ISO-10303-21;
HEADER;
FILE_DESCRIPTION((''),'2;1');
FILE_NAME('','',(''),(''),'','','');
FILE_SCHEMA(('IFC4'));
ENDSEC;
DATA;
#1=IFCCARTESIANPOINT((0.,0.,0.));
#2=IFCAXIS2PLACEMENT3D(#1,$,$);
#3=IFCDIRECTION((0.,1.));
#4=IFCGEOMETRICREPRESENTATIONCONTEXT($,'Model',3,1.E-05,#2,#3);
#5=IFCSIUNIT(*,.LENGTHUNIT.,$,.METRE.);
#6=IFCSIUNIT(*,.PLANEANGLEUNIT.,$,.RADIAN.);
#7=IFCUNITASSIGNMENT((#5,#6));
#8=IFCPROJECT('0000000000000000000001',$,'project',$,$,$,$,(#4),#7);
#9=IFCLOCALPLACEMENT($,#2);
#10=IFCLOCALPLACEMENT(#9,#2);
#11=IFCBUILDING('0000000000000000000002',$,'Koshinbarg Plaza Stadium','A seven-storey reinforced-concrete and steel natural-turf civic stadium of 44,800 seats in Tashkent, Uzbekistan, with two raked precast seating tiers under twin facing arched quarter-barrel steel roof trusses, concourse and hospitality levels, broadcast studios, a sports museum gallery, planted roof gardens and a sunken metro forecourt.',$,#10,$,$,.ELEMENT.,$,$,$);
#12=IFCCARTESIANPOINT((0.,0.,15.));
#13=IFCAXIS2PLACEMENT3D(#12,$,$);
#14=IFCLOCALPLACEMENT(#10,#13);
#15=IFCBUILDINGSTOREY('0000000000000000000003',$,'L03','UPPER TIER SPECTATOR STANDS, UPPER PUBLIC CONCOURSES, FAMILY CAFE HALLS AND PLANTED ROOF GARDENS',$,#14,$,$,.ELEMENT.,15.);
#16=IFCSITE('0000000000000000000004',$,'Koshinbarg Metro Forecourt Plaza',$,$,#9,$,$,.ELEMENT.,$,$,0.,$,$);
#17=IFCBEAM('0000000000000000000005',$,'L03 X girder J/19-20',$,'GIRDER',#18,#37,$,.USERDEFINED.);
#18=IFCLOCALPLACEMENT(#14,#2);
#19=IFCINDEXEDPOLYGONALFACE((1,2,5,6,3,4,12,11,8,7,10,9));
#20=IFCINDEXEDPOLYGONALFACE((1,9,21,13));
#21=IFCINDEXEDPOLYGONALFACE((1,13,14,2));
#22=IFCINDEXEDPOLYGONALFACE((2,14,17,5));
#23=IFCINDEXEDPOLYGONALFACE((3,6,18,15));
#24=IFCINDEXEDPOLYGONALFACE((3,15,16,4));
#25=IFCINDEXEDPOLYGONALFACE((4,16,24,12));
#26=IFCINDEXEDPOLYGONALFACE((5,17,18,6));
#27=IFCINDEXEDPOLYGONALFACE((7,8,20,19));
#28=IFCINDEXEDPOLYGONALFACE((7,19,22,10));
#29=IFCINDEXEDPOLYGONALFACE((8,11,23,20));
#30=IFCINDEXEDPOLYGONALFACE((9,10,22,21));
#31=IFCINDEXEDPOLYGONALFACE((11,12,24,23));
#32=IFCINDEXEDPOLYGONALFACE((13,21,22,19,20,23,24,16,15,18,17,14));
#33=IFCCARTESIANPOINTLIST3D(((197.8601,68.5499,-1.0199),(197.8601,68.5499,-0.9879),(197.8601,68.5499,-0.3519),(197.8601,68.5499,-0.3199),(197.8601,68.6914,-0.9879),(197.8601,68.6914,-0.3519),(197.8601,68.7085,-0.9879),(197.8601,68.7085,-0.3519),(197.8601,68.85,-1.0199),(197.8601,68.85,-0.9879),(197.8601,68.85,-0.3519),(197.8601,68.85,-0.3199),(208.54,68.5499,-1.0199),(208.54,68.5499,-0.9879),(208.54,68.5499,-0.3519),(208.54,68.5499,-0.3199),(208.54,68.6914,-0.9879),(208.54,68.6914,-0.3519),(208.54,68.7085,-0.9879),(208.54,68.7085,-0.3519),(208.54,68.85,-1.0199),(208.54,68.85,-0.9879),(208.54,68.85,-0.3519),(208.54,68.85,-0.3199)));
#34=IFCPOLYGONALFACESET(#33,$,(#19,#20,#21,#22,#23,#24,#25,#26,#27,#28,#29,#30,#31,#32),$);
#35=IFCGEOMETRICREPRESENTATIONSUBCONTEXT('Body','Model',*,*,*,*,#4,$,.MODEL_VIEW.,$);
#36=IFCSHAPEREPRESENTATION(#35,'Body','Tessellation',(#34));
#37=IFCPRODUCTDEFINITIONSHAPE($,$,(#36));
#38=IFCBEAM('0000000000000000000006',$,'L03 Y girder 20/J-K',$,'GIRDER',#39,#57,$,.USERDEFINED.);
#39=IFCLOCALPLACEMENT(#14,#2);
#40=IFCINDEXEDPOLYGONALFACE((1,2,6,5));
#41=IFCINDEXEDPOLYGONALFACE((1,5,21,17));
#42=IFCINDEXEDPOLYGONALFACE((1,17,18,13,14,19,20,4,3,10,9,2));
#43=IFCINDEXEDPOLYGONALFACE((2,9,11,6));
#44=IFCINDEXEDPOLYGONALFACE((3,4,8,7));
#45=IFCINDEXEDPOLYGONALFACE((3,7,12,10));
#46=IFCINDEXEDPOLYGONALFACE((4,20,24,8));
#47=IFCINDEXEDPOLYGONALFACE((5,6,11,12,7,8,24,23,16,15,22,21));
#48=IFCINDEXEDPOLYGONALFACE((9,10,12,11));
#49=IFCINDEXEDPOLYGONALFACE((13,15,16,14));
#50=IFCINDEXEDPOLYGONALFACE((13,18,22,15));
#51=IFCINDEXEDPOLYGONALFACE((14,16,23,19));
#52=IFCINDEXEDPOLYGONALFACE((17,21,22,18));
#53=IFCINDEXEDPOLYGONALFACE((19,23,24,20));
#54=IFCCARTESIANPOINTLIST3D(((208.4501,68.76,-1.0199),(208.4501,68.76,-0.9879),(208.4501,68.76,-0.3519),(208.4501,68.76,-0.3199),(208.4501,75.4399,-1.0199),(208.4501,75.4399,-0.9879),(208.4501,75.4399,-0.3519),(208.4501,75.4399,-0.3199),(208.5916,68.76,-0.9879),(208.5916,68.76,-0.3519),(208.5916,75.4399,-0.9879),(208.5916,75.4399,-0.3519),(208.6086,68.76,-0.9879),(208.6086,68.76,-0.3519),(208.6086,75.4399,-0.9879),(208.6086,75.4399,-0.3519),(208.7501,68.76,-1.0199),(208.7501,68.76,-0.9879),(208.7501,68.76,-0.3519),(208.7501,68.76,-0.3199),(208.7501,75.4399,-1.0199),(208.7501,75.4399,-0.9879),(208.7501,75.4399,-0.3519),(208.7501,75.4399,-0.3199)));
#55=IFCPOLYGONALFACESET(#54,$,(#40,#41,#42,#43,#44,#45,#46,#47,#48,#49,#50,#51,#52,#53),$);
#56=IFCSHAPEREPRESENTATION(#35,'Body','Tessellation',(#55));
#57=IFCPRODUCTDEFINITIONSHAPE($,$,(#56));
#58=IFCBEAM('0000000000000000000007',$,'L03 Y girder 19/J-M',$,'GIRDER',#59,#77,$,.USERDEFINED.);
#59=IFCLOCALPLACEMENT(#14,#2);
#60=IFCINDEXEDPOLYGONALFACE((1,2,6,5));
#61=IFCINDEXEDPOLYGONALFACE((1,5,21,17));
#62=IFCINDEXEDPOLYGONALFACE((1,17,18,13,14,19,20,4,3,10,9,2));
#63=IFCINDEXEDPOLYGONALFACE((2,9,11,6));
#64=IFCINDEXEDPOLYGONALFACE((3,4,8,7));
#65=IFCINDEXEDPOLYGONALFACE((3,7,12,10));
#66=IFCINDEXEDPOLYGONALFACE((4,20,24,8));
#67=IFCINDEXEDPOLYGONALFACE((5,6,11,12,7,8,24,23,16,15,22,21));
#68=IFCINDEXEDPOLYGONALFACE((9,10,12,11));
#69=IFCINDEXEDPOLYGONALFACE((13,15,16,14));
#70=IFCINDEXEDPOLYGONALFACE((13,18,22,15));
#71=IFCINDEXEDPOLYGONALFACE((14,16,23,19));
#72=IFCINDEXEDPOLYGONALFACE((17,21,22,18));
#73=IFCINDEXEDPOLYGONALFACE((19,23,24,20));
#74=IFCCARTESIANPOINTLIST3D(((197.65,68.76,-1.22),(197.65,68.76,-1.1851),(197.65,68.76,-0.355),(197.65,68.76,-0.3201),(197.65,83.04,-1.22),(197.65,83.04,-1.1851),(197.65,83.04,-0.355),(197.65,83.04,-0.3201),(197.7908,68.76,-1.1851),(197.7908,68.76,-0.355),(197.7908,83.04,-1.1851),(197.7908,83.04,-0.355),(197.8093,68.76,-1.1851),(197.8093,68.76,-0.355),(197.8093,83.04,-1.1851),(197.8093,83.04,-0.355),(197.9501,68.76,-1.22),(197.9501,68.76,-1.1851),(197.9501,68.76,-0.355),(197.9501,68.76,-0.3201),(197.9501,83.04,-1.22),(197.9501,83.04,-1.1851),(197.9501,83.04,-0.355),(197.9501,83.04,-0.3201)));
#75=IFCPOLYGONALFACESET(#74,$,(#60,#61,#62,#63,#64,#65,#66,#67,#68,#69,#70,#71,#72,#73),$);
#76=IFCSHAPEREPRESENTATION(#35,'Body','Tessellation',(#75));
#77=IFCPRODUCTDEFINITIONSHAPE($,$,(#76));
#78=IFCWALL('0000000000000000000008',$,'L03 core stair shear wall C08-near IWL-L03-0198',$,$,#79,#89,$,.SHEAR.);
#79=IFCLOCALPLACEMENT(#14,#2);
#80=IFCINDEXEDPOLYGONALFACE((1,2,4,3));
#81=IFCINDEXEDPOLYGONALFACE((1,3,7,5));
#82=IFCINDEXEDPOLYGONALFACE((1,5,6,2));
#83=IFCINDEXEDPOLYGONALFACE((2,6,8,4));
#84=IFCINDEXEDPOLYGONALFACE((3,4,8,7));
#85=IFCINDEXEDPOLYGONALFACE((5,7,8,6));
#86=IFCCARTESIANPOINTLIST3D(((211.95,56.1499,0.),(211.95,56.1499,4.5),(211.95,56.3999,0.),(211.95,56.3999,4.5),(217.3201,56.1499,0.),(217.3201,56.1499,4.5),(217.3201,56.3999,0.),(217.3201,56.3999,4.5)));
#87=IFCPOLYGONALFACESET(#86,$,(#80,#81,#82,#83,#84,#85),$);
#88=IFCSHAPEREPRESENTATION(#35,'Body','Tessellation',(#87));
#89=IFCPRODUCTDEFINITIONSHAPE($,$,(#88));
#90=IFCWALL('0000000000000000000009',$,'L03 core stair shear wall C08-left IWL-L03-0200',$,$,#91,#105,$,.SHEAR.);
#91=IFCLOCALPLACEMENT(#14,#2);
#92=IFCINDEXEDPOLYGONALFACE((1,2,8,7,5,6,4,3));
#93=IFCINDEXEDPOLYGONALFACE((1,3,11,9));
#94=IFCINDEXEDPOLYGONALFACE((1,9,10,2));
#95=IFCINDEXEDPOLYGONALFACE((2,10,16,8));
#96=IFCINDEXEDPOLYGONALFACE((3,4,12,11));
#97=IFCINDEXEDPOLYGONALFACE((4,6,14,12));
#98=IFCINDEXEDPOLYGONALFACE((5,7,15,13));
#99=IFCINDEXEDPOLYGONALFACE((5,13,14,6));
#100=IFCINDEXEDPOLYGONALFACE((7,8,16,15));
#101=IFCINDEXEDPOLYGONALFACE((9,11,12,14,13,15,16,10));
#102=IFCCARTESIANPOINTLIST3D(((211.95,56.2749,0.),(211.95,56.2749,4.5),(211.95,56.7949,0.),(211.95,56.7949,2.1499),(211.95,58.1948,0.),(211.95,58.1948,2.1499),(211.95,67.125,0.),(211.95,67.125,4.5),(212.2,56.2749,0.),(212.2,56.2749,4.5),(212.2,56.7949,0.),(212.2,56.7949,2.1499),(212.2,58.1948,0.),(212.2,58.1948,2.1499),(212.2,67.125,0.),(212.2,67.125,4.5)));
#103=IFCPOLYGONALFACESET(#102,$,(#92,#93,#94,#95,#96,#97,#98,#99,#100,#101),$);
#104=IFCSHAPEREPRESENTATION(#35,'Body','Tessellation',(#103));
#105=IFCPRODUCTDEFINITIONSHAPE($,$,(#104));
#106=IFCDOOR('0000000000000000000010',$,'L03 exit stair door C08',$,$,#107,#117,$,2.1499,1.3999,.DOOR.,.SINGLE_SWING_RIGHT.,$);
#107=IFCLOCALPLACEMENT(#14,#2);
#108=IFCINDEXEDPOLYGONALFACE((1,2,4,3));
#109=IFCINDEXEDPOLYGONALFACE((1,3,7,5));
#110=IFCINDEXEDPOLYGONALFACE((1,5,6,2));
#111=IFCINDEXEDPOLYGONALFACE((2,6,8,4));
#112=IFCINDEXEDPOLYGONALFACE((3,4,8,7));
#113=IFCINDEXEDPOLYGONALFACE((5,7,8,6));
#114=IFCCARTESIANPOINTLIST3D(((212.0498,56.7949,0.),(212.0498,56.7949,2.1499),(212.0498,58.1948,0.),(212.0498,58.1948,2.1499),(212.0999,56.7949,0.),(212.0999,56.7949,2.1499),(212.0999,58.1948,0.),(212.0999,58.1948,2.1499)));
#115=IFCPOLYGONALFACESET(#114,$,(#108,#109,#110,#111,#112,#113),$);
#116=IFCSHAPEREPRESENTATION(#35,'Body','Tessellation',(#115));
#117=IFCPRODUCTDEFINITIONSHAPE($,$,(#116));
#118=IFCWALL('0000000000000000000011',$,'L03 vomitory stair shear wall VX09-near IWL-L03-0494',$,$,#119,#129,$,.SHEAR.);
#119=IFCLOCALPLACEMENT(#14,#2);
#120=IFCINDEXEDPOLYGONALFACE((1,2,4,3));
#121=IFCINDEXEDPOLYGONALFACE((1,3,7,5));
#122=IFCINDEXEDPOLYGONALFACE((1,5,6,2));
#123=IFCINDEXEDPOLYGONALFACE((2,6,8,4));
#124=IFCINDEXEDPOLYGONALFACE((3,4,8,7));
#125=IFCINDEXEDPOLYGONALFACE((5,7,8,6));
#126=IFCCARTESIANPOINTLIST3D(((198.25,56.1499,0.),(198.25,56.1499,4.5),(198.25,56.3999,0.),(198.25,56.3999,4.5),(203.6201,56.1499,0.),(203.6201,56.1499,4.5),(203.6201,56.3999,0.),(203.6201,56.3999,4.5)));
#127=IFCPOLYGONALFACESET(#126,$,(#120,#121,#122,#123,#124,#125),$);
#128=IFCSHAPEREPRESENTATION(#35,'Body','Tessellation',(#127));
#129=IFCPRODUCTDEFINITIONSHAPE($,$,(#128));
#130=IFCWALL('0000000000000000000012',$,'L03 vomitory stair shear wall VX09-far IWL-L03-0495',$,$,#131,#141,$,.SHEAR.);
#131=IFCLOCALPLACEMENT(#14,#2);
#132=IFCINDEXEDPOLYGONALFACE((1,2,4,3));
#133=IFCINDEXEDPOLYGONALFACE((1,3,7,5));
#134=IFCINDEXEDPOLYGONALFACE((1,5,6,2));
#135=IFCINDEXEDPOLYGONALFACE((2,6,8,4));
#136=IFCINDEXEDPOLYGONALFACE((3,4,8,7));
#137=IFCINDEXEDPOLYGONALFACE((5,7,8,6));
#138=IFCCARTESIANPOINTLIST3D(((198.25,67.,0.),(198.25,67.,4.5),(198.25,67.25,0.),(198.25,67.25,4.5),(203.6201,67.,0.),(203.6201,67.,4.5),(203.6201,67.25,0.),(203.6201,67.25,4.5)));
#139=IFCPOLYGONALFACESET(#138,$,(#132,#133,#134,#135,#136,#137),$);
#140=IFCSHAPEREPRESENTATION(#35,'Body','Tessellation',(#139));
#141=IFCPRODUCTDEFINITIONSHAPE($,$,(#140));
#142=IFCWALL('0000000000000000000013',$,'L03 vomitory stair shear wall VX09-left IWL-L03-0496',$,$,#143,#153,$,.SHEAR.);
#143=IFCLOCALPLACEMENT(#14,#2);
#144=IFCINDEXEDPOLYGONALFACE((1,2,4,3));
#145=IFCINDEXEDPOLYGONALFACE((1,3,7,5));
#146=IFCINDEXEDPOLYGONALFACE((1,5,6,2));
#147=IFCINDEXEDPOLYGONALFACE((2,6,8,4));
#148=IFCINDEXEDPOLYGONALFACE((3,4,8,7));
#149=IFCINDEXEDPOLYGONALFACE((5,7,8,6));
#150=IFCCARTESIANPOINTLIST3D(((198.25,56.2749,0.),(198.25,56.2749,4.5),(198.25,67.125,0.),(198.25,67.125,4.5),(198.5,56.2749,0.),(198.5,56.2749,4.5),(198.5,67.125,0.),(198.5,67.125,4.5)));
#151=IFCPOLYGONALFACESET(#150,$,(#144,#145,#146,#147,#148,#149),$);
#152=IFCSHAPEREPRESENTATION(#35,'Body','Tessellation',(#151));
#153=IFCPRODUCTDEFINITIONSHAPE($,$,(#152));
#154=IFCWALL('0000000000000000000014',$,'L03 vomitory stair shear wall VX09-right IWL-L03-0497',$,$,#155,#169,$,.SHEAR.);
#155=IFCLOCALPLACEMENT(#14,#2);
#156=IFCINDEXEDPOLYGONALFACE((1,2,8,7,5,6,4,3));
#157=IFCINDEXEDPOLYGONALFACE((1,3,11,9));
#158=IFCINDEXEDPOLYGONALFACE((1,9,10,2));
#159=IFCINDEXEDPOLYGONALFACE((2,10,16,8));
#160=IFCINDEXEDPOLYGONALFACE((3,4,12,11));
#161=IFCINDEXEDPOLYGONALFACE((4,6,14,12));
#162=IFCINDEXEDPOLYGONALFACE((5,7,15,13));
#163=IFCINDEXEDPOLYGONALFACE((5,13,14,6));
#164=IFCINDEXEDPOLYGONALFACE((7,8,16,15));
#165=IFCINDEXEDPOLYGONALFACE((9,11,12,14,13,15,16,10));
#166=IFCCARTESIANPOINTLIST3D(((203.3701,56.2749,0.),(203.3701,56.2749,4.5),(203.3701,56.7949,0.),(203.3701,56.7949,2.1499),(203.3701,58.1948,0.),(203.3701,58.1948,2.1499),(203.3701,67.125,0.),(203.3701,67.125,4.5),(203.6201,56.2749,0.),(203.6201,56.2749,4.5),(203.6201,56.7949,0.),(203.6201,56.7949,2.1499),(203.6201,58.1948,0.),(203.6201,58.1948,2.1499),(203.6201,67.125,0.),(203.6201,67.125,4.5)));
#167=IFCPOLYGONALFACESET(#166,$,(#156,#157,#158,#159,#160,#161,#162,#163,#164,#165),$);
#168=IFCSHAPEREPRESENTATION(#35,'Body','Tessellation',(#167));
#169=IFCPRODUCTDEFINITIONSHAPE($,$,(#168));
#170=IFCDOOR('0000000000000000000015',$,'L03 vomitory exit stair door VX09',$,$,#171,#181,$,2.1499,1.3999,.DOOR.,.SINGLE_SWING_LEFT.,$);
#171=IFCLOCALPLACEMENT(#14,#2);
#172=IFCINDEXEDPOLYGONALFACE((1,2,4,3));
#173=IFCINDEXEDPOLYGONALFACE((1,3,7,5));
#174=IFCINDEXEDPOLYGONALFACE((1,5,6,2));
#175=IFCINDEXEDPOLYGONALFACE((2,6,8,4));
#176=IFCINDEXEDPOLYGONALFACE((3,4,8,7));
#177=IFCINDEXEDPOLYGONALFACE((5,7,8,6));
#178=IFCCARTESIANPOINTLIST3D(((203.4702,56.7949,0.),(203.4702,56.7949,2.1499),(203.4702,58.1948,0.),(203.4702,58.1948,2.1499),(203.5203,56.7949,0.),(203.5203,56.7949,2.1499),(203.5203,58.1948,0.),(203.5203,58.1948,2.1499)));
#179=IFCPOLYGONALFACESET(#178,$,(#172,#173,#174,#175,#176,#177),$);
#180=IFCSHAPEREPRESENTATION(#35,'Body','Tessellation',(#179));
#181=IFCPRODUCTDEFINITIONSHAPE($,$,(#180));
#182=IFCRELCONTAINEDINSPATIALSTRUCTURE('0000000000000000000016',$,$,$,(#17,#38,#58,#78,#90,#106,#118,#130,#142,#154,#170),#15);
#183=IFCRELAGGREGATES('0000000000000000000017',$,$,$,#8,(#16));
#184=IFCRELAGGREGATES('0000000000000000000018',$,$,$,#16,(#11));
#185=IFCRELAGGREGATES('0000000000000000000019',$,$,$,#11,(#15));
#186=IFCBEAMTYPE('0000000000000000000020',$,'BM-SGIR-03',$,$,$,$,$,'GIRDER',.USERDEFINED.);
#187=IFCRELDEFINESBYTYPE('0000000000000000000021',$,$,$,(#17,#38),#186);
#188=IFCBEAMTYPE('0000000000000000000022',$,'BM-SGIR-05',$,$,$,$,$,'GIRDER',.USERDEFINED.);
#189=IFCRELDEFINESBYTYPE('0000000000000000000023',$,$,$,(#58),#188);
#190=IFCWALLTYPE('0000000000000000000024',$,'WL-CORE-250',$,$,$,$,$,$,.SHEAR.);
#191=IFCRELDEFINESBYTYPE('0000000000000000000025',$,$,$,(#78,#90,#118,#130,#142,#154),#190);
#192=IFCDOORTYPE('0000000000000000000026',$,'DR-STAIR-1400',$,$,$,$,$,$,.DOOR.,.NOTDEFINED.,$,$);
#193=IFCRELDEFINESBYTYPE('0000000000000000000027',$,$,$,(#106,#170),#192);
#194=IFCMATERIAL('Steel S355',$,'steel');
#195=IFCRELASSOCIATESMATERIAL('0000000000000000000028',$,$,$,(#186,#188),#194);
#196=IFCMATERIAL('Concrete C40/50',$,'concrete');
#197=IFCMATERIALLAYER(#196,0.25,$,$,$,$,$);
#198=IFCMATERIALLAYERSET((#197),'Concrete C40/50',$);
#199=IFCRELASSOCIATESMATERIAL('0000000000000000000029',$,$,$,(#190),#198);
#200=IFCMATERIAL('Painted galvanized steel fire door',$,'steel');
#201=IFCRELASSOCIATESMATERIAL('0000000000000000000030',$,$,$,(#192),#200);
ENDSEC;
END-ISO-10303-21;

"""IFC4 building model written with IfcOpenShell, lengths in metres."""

from ifc_helpers import new_model, si_unit, direction, frame, frame_2d, origin, origin_2d, place, context, subcontext, project, spatial, rectangle, i_section, extrude, material, layer, layer_set, material_profile, profile_set, type_object, element, fill, save


model = new_model("IFC4")

# Units and contexts
model_context = context("Model", 3, precision=1e-05, world=origin(), true_north=direction((0.0, 1.0)))
body_context = subcontext(model_context, "Body", "Model", "MODEL_VIEW")
ifc_project = project(units=[si_unit("LENGTHUNIT", "METRE"), si_unit("PLANEANGLEUNIT", "RADIAN")], contexts=[model_context])

# Site, building, storey
site_placement = place(None, origin())
site = spatial("IfcSite", under=ifc_project, at=site_placement, Name="Koshinbarg Metro Forecourt Plaza", CompositionType="ELEMENT", RefElevation=0.0)
building_placement = place(site_placement, origin())
building = spatial("IfcBuilding", under=site, at=building_placement, Name="Koshinbarg Plaza Stadium", Description="A seven-storey reinforced-concrete and steel natural-turf civic stadium of 44,800 seats in Tashkent, Uzbekistan, with two raked precast seating tiers under twin facing arched quarter-barrel steel roof trusses, concourse and hospitality levels, broadcast studios, a sports museum gallery, planted roof gardens and a sunken metro forecourt.", CompositionType="ELEMENT")
storey_placement = place(building_placement, frame((0.0, 0.0, 15.0)))
storey = spatial("IfcBuildingStorey", under=building, at=storey_placement, Name="L03", Description="UPPER TIER SPECTATOR STANDS, UPPER PUBLIC CONCOURSES, FAMILY CAFE HALLS AND PLANTED ROOF GARDENS", CompositionType="ELEMENT", Elevation=15.0)

# Shared definitions
ifc_material_1 = material(Name="Steel S355", Category="steel")

# Beams
ifc_material_2 = material(Name="Concrete C40/50", Category="concrete")
ifc_material_profile_1 = material_profile(ifc_material_1, i_section(OverallWidth=0.3, OverallDepth=0.7, WebThickness=0.0171, FlangeThickness=0.032, at=origin_2d()), Name="HEB 700")
ifc_profile_set_1 = profile_set([ifc_material_profile_1], Name="Steel S355")
beam_type_1 = type_object("IfcBeamType", Name="BM-SGIR-03", ElementType="GIRDER", PredefinedType="USERDEFINED", material=ifc_profile_set_1)
beam_1_placement = place(storey_placement, frame((197.8601, 68.7, -0.6699), z_axis=(1.0, 0.0, 0.0), x_axis=(0.0, 1.0, 0.0)))
element("IfcBeam", 1, at=beam_1_placement, inside=storey, type_object=beam_type_1, Name="L03 X girder J/19-20", ObjectType="GIRDER", PredefinedType="USERDEFINED", context=body_context, shape_type="SweptSolid", body=[
    extrude(i_section(OverallWidth=0.3, OverallDepth=0.7, WebThickness=0.0171, FlangeThickness=0.032, at=origin_2d()), origin(), (0.0, 0.0, 1.0), 10.6799),
])
beam_2_placement = place(storey_placement, frame((208.6001, 68.76, -0.6699), z_axis=(0.0, 1.0, 0.0), x_axis=(-1.0, 0.0, 0.0)))
element("IfcBeam", 2, at=beam_2_placement, inside=storey, type_object=beam_type_1, Name="L03 Y girder 20/J-K", ObjectType="GIRDER", PredefinedType="USERDEFINED", context=body_context, shape_type="SweptSolid", body=[
    extrude(i_section(OverallWidth=0.3, OverallDepth=0.7, WebThickness=0.0171, FlangeThickness=0.032, at=origin_2d()), origin(), (0.0, 0.0, 1.0), 6.6799),
])
ifc_material_profile_2 = material_profile(ifc_material_1, i_section(OverallWidth=0.3, OverallDepth=0.8999, WebThickness=0.0186, FlangeThickness=0.0349, at=origin_2d()), Name="HEB 900")
ifc_profile_set_2 = profile_set([ifc_material_profile_2], Name="Steel S355")
beam_type_2 = type_object("IfcBeamType", Name="BM-SGIR-05", ElementType="GIRDER", PredefinedType="USERDEFINED", material=ifc_profile_set_2)
beam_3_placement = place(storey_placement, frame((197.8, 68.76, -0.77), z_axis=(0.0, 1.0, 0.0), x_axis=(-1.0, 0.0, 0.0)))
element("IfcBeam", 3, at=beam_3_placement, inside=storey, type_object=beam_type_2, Name="L03 Y girder 19/J-M", ObjectType="GIRDER", PredefinedType="USERDEFINED", context=body_context, shape_type="SweptSolid", body=[
    extrude(i_section(OverallWidth=0.3, OverallDepth=0.8999, WebThickness=0.0186, FlangeThickness=0.0349, at=origin_2d()), origin(), (0.0, 0.0, 1.0), 14.28),
])

# Wall
ifc_layer_1 = layer(ifc_material_2, 0.25)
ifc_layer_set_1 = layer_set([ifc_layer_1], Name="Concrete C40/50")
wall_type_1 = type_object("IfcWallType", Name="WL-CORE-250", PredefinedType="SHEAR", material=ifc_layer_set_1)
wall_1_placement = place(storey_placement, frame((211.95, 56.2749, 0.0), z_axis=(0.0, 0.0, 1.0), x_axis=(1.0, 0.0, 0.0)))
element("IfcWall", 4, at=wall_1_placement, inside=storey, type_object=wall_type_1, Name="L03 core stair shear wall C08-near IWL-L03-0198", PredefinedType="SHEAR", context=body_context, shape_type="SweptSolid", body=[
    extrude(rectangle(XDim=5.3701, YDim=0.25, at=frame_2d((2.6851, 0.0))), origin(), (0.0, 0.0, 1.0), 4.5),
])

# Wall, opening, door
wall_2_placement = place(storey_placement, frame((212.075, 56.2749, 0.0), z_axis=(0.0, 0.0, 1.0), x_axis=(0.0, 1.0, 0.0)))
wall_2 = element("IfcWall", 5, at=wall_2_placement, inside=storey, type_object=wall_type_1, Name="L03 core stair shear wall C08-left IWL-L03-0200", PredefinedType="SHEAR", context=body_context, shape_type="SweptSolid", body=[
    extrude(rectangle(XDim=10.8501, YDim=0.25, at=frame_2d((5.425, 0.0))), origin(), (0.0, 0.0, 1.0), 4.5),
])
opening_1_placement = place(wall_2_placement, frame((0.52, 0.0, 0.0)))
opening_1 = element("IfcOpeningElement", 6, at=opening_1_placement, cuts=wall_2, PredefinedType="OPENING", context=body_context, shape_type="SweptSolid", body=[
    extrude(rectangle(XDim=1.3999, YDim=2.1499, at=frame_2d((0.7, 1.075))), frame((0.0, 0.135, 0.0), z_axis=(0.0, -1.0, 0.0), x_axis=(1.0, 0.0, 0.0)), (0.0, 0.0, 1.0), 0.27),
])
ifc_material_3 = material(Name="Painted galvanized steel fire door", Category="steel")
door_type_1 = type_object("IfcDoorType", Name="DR-STAIR-1400", OperationType="NOTDEFINED", PredefinedType="DOOR", material=ifc_material_3)
door_1_placement = place(opening_1_placement, frame((1.3999, 0.0, 0.0), z_axis=(0.0, 0.0, 1.0), x_axis=(-1.0, 0.0, 0.0)))
door_1 = element("IfcDoor", 7, at=door_1_placement, inside=storey, type_object=door_type_1, Name="L03 exit stair door C08", OperationType="SINGLE_SWING_RIGHT", OverallHeight=2.1499, OverallWidth=1.3999, PredefinedType="DOOR", context=body_context, shape_type="SweptSolid", body=[
    extrude(rectangle(XDim=1.3999, YDim=2.1499, at=frame_2d((0.7, 1.075))), frame((0.0, 0.0249, 0.0), z_axis=(0.0, -1.0, 0.0), x_axis=(1.0, 0.0, 0.0)), (0.0, 0.0, 1.0), 0.05),
])
fill(opening_1, door_1)

# Walls
for number, where, z_axis, x_axis, name in (
    (8, (198.25, 56.2749, 0.0), (0.0, 0.0, 1.0), (1.0, 0.0, 0.0), "L03 vomitory stair shear wall VX09-near IWL-L03-0494"),
    (9, (203.6201, 67.125, 0.0), (0.0, 0.0, 1.0), (-1.0, 0.0, 0.0), "L03 vomitory stair shear wall VX09-far IWL-L03-0495"),
):
    element("IfcWall", number, at=place(storey_placement, frame(where, z_axis=z_axis, x_axis=x_axis)), inside=storey, type_object=wall_type_1, Name=name, PredefinedType="SHEAR", context=body_context, shape_type="SweptSolid", body=[
        extrude(rectangle(XDim=5.3701, YDim=0.25, at=frame_2d((2.6851, 0.0))), origin(), (0.0, 0.0, 1.0), 4.5),
    ])
wall_3_placement = place(storey_placement, frame((198.375, 56.2749, 0.0), z_axis=(0.0, 0.0, 1.0), x_axis=(0.0, 1.0, 0.0)))
element("IfcWall", 10, at=wall_3_placement, inside=storey, type_object=wall_type_1, Name="L03 vomitory stair shear wall VX09-left IWL-L03-0496", PredefinedType="SHEAR", context=body_context, shape_type="SweptSolid", body=[
    extrude(rectangle(XDim=10.8501, YDim=0.25, at=frame_2d((5.425, 0.0))), origin(), (0.0, 0.0, 1.0), 4.5),
])

# Wall, opening, door
wall_4_placement = place(storey_placement, frame((203.4951, 56.2749, 0.0), z_axis=(0.0, 0.0, 1.0), x_axis=(0.0, 1.0, 0.0)))
wall_4 = element("IfcWall", 11, at=wall_4_placement, inside=storey, type_object=wall_type_1, Name="L03 vomitory stair shear wall VX09-right IWL-L03-0497", PredefinedType="SHEAR", context=body_context, shape_type="SweptSolid", body=[
    extrude(rectangle(XDim=10.8501, YDim=0.25, at=frame_2d((5.425, 0.0))), origin(), (0.0, 0.0, 1.0), 4.5),
])
opening_2_placement = place(wall_4_placement, frame((0.52, 0.0, 0.0)))
opening_2 = element("IfcOpeningElement", 12, at=opening_2_placement, cuts=wall_4, PredefinedType="OPENING", context=body_context, shape_type="SweptSolid", body=[
    extrude(rectangle(XDim=1.3999, YDim=2.1499, at=frame_2d((0.7, 1.075))), frame((0.0, 0.135, 0.0), z_axis=(0.0, -1.0, 0.0), x_axis=(1.0, 0.0, 0.0)), (0.0, 0.0, 1.0), 0.27),
])
door_2_placement = place(opening_2_placement, origin())
door_2 = element("IfcDoor", 13, at=door_2_placement, inside=storey, type_object=door_type_1, Name="L03 vomitory exit stair door VX09", OperationType="SINGLE_SWING_LEFT", OverallHeight=2.1499, OverallWidth=1.3999, PredefinedType="DOOR", context=body_context, shape_type="SweptSolid", body=[
    extrude(rectangle(XDim=1.3999, YDim=2.1499, at=frame_2d((0.7, 1.075))), frame((0.0, 0.0249, 0.0), z_axis=(0.0, -1.0, 0.0), x_axis=(1.0, 0.0, 0.0)), (0.0, 0.0, 1.0), 0.05),
])
fill(opening_2, door_2)

save(model, "model.ifc")
